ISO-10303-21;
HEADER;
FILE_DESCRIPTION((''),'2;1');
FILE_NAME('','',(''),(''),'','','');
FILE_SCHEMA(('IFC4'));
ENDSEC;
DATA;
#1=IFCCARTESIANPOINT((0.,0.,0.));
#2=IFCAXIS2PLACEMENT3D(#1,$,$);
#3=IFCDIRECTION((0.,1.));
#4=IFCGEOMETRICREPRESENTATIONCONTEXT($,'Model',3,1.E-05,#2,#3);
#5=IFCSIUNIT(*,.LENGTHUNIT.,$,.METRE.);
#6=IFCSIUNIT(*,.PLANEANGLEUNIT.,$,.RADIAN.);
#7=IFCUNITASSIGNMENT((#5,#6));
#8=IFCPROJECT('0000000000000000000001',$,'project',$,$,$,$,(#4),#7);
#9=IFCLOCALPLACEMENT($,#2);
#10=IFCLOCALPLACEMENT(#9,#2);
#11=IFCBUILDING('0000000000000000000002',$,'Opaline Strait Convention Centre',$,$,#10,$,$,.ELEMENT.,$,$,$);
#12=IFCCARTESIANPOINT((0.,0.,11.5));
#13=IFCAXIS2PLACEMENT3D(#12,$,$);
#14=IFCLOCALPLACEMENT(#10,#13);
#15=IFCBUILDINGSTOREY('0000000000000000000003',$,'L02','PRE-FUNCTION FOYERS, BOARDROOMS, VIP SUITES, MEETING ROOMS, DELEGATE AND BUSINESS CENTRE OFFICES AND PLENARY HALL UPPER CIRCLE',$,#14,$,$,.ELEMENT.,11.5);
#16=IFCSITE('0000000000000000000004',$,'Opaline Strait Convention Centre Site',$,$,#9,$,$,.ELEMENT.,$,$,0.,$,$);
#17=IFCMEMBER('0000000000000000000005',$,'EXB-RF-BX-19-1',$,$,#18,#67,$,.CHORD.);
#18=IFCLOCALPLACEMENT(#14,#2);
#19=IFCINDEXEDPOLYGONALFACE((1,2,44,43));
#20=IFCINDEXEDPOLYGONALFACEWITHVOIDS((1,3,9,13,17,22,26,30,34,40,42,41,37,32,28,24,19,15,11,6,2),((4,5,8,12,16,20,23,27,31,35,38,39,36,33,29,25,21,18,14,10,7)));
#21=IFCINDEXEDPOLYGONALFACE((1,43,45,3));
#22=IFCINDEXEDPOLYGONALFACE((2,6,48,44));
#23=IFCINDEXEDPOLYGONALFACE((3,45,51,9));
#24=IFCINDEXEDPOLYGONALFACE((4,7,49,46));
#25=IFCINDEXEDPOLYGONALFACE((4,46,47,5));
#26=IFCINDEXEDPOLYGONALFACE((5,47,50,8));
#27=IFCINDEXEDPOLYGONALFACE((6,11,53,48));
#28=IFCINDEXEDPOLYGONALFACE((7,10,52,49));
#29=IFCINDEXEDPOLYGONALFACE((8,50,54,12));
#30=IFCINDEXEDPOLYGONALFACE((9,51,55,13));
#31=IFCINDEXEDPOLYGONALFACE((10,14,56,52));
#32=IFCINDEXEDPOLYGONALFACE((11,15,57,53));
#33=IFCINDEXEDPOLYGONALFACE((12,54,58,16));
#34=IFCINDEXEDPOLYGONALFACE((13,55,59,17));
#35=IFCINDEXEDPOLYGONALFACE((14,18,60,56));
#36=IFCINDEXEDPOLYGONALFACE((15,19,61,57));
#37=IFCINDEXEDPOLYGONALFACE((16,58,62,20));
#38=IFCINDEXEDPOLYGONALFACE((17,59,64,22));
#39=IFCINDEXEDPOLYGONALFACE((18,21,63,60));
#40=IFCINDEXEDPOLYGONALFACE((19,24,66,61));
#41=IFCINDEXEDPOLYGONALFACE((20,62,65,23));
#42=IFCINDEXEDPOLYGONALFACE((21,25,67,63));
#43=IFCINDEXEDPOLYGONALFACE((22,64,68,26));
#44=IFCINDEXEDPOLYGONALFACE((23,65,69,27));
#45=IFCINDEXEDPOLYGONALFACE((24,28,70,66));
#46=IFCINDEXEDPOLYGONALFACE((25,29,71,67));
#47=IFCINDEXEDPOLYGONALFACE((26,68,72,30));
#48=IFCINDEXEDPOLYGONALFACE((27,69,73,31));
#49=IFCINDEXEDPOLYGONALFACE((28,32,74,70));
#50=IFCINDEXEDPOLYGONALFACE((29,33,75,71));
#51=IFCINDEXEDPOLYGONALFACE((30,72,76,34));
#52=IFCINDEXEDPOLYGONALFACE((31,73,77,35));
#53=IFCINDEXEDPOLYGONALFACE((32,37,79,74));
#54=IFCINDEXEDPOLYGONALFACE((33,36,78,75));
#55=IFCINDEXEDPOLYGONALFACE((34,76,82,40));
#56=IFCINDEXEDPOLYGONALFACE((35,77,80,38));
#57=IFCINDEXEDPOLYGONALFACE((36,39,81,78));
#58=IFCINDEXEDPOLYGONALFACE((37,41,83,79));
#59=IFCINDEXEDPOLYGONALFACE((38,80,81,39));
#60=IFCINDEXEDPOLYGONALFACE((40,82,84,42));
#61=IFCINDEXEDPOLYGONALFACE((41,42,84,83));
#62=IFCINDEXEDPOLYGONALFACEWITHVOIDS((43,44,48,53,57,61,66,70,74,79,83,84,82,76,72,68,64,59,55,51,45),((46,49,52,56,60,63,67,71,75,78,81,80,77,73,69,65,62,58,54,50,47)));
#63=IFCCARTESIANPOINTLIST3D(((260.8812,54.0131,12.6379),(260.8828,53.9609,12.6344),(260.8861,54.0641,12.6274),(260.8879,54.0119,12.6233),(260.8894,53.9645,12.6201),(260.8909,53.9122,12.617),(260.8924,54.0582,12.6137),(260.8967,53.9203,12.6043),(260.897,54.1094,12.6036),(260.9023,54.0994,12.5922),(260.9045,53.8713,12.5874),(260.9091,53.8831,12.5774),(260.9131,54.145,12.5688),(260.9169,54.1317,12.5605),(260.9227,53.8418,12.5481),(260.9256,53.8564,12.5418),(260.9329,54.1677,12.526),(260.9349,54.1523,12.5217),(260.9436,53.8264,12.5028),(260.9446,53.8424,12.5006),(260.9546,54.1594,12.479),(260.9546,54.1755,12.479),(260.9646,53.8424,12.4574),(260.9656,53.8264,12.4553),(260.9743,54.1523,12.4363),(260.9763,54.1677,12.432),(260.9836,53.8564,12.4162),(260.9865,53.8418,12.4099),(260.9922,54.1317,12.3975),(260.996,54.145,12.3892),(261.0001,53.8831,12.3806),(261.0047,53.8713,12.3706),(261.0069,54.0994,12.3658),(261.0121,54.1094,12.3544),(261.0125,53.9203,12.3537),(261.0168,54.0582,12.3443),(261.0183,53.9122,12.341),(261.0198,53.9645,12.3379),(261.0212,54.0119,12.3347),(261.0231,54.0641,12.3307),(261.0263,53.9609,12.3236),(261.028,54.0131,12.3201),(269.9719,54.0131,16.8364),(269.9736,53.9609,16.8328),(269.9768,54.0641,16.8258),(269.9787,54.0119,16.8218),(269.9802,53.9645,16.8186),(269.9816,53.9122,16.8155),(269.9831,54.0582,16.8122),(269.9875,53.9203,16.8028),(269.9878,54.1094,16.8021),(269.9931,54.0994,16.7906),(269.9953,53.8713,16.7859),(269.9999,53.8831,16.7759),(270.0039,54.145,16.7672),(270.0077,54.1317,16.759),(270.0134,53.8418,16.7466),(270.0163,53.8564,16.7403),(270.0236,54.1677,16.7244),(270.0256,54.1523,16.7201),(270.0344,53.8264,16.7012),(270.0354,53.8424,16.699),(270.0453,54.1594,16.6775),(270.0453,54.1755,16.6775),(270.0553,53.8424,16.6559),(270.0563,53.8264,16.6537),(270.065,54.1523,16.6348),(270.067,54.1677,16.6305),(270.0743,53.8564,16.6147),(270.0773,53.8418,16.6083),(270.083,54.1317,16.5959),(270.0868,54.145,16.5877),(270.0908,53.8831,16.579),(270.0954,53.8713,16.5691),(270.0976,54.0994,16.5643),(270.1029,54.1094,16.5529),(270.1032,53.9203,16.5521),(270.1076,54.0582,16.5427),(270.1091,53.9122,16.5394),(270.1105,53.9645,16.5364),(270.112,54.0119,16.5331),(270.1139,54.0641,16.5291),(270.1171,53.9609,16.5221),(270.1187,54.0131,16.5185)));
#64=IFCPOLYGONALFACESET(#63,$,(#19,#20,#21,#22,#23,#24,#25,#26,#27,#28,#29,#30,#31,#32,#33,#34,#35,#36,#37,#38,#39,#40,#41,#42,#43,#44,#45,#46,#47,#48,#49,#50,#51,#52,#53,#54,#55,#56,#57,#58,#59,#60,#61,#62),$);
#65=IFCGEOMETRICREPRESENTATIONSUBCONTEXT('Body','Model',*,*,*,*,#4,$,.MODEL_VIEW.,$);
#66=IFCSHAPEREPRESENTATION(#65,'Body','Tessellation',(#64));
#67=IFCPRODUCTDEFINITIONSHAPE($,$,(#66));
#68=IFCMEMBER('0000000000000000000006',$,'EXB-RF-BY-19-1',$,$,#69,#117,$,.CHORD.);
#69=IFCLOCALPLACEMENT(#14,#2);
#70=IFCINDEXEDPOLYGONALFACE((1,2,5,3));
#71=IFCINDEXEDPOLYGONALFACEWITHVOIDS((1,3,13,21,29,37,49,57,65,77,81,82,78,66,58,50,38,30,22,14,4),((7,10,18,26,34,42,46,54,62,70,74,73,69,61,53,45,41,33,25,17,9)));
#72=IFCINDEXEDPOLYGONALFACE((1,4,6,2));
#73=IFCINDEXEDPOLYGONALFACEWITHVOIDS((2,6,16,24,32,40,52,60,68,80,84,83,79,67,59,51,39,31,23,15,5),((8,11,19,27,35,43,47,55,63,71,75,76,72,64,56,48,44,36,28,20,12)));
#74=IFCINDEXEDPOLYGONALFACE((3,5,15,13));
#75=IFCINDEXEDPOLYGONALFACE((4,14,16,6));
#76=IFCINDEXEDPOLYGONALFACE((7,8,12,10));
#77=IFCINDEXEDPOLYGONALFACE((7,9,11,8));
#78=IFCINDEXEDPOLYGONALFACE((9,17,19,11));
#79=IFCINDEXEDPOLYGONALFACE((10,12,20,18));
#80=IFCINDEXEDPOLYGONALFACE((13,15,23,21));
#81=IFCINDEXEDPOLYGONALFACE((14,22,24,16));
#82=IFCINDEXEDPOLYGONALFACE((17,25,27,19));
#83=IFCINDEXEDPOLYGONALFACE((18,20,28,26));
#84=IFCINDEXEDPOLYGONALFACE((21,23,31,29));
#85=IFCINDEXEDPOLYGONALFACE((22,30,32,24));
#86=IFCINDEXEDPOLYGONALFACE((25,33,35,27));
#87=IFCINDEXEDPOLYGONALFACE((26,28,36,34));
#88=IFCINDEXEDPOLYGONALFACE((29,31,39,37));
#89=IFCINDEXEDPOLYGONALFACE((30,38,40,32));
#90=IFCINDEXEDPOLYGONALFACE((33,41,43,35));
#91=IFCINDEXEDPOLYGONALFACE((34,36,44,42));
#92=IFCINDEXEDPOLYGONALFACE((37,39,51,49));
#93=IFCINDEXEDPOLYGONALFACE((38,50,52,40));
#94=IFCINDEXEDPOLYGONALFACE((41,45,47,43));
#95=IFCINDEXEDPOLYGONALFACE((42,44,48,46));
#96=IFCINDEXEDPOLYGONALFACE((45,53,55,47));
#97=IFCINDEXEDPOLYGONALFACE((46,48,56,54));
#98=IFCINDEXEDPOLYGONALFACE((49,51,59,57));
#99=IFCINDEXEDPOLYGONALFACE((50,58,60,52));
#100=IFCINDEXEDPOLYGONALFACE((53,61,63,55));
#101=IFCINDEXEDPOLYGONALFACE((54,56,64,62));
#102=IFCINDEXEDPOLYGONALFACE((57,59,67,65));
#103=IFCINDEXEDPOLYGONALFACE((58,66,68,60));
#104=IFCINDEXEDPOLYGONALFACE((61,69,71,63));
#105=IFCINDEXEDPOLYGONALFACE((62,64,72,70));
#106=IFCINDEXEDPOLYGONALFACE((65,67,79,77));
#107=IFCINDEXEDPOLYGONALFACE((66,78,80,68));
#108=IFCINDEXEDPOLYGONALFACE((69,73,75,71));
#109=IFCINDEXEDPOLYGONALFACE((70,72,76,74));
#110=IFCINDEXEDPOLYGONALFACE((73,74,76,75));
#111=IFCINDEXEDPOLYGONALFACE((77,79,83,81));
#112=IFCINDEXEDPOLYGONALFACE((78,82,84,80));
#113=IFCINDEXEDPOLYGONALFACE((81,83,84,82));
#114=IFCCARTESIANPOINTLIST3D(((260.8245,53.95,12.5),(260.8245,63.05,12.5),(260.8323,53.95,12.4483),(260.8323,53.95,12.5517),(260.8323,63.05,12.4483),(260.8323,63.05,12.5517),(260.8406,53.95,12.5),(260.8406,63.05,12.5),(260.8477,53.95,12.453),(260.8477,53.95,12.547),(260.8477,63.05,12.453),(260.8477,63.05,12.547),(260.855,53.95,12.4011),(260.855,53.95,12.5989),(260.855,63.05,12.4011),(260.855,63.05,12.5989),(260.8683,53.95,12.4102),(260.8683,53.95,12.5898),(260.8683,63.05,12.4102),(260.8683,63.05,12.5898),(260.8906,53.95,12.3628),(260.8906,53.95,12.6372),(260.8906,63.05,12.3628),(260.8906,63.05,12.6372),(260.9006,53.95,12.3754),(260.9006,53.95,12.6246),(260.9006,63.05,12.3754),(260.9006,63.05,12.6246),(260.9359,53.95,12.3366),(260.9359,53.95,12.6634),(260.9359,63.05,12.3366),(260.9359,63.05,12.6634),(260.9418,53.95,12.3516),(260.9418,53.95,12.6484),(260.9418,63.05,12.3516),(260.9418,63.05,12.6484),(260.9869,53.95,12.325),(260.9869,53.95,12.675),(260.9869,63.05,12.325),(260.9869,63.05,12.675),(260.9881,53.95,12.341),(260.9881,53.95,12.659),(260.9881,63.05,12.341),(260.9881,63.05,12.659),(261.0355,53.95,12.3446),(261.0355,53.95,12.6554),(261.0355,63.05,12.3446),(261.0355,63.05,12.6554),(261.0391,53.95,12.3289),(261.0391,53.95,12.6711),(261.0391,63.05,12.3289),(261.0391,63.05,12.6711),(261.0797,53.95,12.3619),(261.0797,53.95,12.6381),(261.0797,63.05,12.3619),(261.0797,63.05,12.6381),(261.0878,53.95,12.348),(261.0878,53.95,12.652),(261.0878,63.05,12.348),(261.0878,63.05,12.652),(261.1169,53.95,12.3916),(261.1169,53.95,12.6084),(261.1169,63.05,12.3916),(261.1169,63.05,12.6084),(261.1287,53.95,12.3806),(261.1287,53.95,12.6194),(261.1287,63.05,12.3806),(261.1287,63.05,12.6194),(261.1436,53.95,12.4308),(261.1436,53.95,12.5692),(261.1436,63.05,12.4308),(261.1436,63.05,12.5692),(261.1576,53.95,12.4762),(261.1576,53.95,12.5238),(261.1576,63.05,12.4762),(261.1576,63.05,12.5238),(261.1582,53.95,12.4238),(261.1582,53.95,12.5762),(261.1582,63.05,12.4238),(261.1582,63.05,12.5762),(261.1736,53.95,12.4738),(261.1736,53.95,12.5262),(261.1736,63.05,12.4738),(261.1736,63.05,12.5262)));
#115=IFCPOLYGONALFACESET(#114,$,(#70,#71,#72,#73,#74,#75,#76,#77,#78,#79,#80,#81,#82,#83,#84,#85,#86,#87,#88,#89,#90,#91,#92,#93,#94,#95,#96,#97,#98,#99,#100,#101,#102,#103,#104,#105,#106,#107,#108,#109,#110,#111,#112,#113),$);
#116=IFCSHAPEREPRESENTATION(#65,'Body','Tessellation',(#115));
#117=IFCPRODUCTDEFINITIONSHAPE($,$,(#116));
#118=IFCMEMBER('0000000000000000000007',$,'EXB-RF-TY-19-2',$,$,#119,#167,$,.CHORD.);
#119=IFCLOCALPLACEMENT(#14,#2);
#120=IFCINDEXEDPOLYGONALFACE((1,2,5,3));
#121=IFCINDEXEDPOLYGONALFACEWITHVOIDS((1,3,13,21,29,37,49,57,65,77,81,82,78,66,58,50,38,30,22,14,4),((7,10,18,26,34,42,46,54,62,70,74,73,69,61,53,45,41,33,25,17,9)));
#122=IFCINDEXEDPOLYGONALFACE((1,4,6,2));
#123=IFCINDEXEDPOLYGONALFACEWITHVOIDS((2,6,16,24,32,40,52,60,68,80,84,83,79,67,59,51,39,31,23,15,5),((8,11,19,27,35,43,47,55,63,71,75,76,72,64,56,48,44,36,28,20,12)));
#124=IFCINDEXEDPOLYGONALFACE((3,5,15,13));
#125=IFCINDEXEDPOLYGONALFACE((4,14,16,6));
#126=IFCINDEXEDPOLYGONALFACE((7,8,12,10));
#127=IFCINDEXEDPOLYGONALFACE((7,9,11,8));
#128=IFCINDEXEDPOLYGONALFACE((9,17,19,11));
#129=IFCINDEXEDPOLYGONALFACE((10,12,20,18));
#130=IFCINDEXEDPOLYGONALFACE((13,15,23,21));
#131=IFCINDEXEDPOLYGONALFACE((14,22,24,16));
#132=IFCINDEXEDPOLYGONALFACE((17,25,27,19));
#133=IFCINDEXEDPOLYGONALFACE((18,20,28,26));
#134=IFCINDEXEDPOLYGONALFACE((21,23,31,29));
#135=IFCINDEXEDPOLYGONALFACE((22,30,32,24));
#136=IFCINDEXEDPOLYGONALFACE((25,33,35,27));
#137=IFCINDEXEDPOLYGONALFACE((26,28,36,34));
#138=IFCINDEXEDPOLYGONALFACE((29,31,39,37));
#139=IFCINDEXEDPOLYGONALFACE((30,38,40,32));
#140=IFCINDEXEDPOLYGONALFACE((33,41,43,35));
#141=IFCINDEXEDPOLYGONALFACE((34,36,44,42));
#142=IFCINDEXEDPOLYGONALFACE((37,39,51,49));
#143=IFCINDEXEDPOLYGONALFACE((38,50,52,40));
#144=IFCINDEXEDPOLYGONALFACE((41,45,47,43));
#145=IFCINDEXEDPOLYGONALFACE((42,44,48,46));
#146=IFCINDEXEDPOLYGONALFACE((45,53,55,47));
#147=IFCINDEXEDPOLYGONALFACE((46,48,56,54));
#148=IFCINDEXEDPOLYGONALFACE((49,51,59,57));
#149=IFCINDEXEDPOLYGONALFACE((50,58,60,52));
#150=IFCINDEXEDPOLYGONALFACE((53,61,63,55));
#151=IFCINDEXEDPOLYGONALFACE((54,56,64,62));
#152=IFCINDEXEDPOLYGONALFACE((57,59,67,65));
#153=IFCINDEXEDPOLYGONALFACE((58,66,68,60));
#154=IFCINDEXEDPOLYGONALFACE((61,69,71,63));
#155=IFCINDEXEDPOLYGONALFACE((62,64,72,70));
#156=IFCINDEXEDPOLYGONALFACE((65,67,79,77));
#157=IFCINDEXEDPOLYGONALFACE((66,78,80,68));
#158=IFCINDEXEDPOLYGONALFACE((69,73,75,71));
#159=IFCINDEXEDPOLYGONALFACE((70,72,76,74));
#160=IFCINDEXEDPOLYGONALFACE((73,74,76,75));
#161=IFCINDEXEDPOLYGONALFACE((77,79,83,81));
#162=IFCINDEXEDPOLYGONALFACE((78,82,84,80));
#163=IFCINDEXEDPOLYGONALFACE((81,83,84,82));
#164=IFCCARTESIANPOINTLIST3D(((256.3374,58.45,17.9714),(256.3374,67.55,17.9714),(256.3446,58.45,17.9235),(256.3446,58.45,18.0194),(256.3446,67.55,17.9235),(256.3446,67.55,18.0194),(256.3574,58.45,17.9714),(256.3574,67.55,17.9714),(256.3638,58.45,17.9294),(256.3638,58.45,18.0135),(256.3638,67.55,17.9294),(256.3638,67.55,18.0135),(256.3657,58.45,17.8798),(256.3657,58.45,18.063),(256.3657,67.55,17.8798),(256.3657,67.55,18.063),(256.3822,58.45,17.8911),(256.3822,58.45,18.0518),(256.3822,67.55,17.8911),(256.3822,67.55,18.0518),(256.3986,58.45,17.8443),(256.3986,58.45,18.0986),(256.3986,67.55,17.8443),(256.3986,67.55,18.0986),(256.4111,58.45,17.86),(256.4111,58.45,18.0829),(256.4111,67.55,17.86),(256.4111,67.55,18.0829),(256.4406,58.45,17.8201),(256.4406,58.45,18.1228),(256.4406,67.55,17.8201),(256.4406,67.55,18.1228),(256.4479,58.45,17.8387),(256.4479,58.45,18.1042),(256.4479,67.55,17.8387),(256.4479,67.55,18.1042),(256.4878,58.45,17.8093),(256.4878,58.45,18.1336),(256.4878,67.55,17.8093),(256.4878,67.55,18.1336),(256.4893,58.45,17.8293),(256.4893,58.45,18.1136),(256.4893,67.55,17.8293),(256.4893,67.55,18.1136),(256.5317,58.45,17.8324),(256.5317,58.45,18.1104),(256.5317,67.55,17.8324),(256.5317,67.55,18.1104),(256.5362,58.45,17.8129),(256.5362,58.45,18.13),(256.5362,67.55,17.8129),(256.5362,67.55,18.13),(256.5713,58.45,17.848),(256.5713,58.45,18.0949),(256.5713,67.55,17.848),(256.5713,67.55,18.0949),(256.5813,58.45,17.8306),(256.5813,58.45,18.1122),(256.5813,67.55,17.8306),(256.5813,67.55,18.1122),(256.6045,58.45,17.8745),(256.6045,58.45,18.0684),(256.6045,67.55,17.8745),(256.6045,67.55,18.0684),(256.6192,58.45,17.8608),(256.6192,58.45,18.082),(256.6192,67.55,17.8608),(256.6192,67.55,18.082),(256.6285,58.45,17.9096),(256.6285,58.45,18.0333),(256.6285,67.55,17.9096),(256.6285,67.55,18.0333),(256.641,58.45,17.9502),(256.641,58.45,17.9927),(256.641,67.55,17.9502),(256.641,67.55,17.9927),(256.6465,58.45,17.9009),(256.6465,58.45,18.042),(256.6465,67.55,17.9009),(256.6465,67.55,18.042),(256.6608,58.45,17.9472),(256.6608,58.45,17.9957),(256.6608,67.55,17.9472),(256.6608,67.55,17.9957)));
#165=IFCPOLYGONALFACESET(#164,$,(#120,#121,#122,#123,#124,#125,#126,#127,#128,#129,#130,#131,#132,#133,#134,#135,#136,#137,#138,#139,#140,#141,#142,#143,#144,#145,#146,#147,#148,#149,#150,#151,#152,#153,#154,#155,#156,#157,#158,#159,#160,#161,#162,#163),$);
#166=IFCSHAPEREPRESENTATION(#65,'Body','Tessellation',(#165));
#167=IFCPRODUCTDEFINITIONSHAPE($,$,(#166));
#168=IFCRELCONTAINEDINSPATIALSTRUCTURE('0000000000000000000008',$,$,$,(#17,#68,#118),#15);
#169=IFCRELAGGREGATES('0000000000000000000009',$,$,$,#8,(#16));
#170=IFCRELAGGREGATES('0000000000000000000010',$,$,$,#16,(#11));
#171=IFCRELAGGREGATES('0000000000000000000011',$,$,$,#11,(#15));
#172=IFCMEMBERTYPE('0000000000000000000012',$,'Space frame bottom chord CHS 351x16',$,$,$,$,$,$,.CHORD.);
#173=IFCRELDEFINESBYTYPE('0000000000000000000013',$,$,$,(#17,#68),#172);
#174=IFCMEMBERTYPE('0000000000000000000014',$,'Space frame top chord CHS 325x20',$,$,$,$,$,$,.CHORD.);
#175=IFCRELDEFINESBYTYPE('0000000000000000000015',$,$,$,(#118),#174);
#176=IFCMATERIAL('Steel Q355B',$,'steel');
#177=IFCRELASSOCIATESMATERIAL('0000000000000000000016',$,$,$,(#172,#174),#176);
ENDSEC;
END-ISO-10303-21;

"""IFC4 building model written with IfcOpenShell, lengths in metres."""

from ifc_helpers import new_model, si_unit, direction, frame, origin, origin_2d, place, context, subcontext, project, spatial, hollow_circle, extrude, material, material_profile, profile_set, type_object, element, save


model = new_model("IFC4")

# Units and contexts
model_context = context("Model", 3, precision=1e-05, world=origin(), true_north=direction((0.0, 1.0)))
body_context = subcontext(model_context, "Body", "Model", "MODEL_VIEW")
ifc_project = project(units=[si_unit("LENGTHUNIT", "METRE"), si_unit("PLANEANGLEUNIT", "RADIAN")], contexts=[model_context])

# Site, building, storey
site_placement = place(None, origin())
site = spatial("IfcSite", under=ifc_project, at=site_placement, Name="Opaline Strait Convention Centre Site", CompositionType="ELEMENT", RefElevation=0.0)
building_placement = place(site_placement, origin())
building = spatial("IfcBuilding", under=site, at=building_placement, Name="Opaline Strait Convention Centre", CompositionType="ELEMENT")
storey_placement = place(building_placement, frame((0.0, 0.0, 11.5)))
storey = spatial("IfcBuildingStorey", under=building, at=storey_placement, Name="L02", Description="PRE-FUNCTION FOYERS, BOARDROOMS, VIP SUITES, MEETING ROOMS, DELEGATE AND BUSINESS CENTRE OFFICES AND PLENARY HALL UPPER CIRCLE", CompositionType="ELEMENT", Elevation=11.5)

# Members
ifc_material_1 = material(Name="Steel Q355B", Category="steel")
ifc_material_profile_1 = material_profile(ifc_material_1, hollow_circle(Radius=0.1755, WallThickness=0.0161, at=origin_2d()), Name="CHS 351x16")
ifc_profile_set_1 = profile_set([ifc_material_profile_1], Name="Steel Q355B")
member_type_1 = type_object("IfcMemberType", Name="Space frame bottom chord CHS 351x16", PredefinedType="CHORD", material=ifc_profile_set_1)
member_1_placement = place(storey_placement, frame((260.9546, 54.0, 12.479), z_axis=(0.907856, 0.0, 0.419282), x_axis=(0.0, 1.0, 0.0)))
element("IfcMember", 1, at=member_1_placement, inside=storey, type_object=member_type_1, Name="EXB-RF-BX-19-1", PredefinedType="CHORD", context=body_context, shape_type="SweptSolid", body=[
    extrude(hollow_circle(Radius=0.1755, WallThickness=0.0161, at=origin_2d()), origin(), (0.0, 0.0, 1.0), 10.0134),
])
member_2_placement = place(storey_placement, frame((261.0, 53.95, 12.5), z_axis=(0.0, 1.0, 0.0), x_axis=(-1.0, 0.0, 0.0)))
element("IfcMember", 2, at=member_2_placement, inside=storey, type_object=member_type_1, Name="EXB-RF-BY-19-1", PredefinedType="CHORD", context=body_context, shape_type="SweptSolid", body=[
    extrude(hollow_circle(Radius=0.1755, WallThickness=0.0161, at=origin_2d()), origin(), (0.0, 0.0, 1.0), 9.1001),
])
ifc_material_profile_2 = material_profile(ifc_material_1, hollow_circle(Radius=0.1626, WallThickness=0.02, at=origin_2d()), Name="CHS 325x20")
ifc_profile_set_2 = profile_set([ifc_material_profile_2], Name="Steel Q355B")
member_type_2 = type_object("IfcMemberType", Name="Space frame top chord CHS 325x20", PredefinedType="CHORD", material=ifc_profile_set_2)
member_3_placement = place(storey_placement, frame((256.5, 58.45, 17.9714), z_axis=(0.0, 1.0, 0.0), x_axis=(-1.0, 0.0, 0.0)))
element("IfcMember", 3, at=member_3_placement, inside=storey, type_object=member_type_2, Name="EXB-RF-TY-19-2", PredefinedType="CHORD", context=body_context, shape_type="SweptSolid", body=[
    extrude(hollow_circle(Radius=0.1626, WallThickness=0.02, at=origin_2d()), origin(), (0.0, 0.0, 1.0), 9.1001),
])

save(model, "model.ifc")
